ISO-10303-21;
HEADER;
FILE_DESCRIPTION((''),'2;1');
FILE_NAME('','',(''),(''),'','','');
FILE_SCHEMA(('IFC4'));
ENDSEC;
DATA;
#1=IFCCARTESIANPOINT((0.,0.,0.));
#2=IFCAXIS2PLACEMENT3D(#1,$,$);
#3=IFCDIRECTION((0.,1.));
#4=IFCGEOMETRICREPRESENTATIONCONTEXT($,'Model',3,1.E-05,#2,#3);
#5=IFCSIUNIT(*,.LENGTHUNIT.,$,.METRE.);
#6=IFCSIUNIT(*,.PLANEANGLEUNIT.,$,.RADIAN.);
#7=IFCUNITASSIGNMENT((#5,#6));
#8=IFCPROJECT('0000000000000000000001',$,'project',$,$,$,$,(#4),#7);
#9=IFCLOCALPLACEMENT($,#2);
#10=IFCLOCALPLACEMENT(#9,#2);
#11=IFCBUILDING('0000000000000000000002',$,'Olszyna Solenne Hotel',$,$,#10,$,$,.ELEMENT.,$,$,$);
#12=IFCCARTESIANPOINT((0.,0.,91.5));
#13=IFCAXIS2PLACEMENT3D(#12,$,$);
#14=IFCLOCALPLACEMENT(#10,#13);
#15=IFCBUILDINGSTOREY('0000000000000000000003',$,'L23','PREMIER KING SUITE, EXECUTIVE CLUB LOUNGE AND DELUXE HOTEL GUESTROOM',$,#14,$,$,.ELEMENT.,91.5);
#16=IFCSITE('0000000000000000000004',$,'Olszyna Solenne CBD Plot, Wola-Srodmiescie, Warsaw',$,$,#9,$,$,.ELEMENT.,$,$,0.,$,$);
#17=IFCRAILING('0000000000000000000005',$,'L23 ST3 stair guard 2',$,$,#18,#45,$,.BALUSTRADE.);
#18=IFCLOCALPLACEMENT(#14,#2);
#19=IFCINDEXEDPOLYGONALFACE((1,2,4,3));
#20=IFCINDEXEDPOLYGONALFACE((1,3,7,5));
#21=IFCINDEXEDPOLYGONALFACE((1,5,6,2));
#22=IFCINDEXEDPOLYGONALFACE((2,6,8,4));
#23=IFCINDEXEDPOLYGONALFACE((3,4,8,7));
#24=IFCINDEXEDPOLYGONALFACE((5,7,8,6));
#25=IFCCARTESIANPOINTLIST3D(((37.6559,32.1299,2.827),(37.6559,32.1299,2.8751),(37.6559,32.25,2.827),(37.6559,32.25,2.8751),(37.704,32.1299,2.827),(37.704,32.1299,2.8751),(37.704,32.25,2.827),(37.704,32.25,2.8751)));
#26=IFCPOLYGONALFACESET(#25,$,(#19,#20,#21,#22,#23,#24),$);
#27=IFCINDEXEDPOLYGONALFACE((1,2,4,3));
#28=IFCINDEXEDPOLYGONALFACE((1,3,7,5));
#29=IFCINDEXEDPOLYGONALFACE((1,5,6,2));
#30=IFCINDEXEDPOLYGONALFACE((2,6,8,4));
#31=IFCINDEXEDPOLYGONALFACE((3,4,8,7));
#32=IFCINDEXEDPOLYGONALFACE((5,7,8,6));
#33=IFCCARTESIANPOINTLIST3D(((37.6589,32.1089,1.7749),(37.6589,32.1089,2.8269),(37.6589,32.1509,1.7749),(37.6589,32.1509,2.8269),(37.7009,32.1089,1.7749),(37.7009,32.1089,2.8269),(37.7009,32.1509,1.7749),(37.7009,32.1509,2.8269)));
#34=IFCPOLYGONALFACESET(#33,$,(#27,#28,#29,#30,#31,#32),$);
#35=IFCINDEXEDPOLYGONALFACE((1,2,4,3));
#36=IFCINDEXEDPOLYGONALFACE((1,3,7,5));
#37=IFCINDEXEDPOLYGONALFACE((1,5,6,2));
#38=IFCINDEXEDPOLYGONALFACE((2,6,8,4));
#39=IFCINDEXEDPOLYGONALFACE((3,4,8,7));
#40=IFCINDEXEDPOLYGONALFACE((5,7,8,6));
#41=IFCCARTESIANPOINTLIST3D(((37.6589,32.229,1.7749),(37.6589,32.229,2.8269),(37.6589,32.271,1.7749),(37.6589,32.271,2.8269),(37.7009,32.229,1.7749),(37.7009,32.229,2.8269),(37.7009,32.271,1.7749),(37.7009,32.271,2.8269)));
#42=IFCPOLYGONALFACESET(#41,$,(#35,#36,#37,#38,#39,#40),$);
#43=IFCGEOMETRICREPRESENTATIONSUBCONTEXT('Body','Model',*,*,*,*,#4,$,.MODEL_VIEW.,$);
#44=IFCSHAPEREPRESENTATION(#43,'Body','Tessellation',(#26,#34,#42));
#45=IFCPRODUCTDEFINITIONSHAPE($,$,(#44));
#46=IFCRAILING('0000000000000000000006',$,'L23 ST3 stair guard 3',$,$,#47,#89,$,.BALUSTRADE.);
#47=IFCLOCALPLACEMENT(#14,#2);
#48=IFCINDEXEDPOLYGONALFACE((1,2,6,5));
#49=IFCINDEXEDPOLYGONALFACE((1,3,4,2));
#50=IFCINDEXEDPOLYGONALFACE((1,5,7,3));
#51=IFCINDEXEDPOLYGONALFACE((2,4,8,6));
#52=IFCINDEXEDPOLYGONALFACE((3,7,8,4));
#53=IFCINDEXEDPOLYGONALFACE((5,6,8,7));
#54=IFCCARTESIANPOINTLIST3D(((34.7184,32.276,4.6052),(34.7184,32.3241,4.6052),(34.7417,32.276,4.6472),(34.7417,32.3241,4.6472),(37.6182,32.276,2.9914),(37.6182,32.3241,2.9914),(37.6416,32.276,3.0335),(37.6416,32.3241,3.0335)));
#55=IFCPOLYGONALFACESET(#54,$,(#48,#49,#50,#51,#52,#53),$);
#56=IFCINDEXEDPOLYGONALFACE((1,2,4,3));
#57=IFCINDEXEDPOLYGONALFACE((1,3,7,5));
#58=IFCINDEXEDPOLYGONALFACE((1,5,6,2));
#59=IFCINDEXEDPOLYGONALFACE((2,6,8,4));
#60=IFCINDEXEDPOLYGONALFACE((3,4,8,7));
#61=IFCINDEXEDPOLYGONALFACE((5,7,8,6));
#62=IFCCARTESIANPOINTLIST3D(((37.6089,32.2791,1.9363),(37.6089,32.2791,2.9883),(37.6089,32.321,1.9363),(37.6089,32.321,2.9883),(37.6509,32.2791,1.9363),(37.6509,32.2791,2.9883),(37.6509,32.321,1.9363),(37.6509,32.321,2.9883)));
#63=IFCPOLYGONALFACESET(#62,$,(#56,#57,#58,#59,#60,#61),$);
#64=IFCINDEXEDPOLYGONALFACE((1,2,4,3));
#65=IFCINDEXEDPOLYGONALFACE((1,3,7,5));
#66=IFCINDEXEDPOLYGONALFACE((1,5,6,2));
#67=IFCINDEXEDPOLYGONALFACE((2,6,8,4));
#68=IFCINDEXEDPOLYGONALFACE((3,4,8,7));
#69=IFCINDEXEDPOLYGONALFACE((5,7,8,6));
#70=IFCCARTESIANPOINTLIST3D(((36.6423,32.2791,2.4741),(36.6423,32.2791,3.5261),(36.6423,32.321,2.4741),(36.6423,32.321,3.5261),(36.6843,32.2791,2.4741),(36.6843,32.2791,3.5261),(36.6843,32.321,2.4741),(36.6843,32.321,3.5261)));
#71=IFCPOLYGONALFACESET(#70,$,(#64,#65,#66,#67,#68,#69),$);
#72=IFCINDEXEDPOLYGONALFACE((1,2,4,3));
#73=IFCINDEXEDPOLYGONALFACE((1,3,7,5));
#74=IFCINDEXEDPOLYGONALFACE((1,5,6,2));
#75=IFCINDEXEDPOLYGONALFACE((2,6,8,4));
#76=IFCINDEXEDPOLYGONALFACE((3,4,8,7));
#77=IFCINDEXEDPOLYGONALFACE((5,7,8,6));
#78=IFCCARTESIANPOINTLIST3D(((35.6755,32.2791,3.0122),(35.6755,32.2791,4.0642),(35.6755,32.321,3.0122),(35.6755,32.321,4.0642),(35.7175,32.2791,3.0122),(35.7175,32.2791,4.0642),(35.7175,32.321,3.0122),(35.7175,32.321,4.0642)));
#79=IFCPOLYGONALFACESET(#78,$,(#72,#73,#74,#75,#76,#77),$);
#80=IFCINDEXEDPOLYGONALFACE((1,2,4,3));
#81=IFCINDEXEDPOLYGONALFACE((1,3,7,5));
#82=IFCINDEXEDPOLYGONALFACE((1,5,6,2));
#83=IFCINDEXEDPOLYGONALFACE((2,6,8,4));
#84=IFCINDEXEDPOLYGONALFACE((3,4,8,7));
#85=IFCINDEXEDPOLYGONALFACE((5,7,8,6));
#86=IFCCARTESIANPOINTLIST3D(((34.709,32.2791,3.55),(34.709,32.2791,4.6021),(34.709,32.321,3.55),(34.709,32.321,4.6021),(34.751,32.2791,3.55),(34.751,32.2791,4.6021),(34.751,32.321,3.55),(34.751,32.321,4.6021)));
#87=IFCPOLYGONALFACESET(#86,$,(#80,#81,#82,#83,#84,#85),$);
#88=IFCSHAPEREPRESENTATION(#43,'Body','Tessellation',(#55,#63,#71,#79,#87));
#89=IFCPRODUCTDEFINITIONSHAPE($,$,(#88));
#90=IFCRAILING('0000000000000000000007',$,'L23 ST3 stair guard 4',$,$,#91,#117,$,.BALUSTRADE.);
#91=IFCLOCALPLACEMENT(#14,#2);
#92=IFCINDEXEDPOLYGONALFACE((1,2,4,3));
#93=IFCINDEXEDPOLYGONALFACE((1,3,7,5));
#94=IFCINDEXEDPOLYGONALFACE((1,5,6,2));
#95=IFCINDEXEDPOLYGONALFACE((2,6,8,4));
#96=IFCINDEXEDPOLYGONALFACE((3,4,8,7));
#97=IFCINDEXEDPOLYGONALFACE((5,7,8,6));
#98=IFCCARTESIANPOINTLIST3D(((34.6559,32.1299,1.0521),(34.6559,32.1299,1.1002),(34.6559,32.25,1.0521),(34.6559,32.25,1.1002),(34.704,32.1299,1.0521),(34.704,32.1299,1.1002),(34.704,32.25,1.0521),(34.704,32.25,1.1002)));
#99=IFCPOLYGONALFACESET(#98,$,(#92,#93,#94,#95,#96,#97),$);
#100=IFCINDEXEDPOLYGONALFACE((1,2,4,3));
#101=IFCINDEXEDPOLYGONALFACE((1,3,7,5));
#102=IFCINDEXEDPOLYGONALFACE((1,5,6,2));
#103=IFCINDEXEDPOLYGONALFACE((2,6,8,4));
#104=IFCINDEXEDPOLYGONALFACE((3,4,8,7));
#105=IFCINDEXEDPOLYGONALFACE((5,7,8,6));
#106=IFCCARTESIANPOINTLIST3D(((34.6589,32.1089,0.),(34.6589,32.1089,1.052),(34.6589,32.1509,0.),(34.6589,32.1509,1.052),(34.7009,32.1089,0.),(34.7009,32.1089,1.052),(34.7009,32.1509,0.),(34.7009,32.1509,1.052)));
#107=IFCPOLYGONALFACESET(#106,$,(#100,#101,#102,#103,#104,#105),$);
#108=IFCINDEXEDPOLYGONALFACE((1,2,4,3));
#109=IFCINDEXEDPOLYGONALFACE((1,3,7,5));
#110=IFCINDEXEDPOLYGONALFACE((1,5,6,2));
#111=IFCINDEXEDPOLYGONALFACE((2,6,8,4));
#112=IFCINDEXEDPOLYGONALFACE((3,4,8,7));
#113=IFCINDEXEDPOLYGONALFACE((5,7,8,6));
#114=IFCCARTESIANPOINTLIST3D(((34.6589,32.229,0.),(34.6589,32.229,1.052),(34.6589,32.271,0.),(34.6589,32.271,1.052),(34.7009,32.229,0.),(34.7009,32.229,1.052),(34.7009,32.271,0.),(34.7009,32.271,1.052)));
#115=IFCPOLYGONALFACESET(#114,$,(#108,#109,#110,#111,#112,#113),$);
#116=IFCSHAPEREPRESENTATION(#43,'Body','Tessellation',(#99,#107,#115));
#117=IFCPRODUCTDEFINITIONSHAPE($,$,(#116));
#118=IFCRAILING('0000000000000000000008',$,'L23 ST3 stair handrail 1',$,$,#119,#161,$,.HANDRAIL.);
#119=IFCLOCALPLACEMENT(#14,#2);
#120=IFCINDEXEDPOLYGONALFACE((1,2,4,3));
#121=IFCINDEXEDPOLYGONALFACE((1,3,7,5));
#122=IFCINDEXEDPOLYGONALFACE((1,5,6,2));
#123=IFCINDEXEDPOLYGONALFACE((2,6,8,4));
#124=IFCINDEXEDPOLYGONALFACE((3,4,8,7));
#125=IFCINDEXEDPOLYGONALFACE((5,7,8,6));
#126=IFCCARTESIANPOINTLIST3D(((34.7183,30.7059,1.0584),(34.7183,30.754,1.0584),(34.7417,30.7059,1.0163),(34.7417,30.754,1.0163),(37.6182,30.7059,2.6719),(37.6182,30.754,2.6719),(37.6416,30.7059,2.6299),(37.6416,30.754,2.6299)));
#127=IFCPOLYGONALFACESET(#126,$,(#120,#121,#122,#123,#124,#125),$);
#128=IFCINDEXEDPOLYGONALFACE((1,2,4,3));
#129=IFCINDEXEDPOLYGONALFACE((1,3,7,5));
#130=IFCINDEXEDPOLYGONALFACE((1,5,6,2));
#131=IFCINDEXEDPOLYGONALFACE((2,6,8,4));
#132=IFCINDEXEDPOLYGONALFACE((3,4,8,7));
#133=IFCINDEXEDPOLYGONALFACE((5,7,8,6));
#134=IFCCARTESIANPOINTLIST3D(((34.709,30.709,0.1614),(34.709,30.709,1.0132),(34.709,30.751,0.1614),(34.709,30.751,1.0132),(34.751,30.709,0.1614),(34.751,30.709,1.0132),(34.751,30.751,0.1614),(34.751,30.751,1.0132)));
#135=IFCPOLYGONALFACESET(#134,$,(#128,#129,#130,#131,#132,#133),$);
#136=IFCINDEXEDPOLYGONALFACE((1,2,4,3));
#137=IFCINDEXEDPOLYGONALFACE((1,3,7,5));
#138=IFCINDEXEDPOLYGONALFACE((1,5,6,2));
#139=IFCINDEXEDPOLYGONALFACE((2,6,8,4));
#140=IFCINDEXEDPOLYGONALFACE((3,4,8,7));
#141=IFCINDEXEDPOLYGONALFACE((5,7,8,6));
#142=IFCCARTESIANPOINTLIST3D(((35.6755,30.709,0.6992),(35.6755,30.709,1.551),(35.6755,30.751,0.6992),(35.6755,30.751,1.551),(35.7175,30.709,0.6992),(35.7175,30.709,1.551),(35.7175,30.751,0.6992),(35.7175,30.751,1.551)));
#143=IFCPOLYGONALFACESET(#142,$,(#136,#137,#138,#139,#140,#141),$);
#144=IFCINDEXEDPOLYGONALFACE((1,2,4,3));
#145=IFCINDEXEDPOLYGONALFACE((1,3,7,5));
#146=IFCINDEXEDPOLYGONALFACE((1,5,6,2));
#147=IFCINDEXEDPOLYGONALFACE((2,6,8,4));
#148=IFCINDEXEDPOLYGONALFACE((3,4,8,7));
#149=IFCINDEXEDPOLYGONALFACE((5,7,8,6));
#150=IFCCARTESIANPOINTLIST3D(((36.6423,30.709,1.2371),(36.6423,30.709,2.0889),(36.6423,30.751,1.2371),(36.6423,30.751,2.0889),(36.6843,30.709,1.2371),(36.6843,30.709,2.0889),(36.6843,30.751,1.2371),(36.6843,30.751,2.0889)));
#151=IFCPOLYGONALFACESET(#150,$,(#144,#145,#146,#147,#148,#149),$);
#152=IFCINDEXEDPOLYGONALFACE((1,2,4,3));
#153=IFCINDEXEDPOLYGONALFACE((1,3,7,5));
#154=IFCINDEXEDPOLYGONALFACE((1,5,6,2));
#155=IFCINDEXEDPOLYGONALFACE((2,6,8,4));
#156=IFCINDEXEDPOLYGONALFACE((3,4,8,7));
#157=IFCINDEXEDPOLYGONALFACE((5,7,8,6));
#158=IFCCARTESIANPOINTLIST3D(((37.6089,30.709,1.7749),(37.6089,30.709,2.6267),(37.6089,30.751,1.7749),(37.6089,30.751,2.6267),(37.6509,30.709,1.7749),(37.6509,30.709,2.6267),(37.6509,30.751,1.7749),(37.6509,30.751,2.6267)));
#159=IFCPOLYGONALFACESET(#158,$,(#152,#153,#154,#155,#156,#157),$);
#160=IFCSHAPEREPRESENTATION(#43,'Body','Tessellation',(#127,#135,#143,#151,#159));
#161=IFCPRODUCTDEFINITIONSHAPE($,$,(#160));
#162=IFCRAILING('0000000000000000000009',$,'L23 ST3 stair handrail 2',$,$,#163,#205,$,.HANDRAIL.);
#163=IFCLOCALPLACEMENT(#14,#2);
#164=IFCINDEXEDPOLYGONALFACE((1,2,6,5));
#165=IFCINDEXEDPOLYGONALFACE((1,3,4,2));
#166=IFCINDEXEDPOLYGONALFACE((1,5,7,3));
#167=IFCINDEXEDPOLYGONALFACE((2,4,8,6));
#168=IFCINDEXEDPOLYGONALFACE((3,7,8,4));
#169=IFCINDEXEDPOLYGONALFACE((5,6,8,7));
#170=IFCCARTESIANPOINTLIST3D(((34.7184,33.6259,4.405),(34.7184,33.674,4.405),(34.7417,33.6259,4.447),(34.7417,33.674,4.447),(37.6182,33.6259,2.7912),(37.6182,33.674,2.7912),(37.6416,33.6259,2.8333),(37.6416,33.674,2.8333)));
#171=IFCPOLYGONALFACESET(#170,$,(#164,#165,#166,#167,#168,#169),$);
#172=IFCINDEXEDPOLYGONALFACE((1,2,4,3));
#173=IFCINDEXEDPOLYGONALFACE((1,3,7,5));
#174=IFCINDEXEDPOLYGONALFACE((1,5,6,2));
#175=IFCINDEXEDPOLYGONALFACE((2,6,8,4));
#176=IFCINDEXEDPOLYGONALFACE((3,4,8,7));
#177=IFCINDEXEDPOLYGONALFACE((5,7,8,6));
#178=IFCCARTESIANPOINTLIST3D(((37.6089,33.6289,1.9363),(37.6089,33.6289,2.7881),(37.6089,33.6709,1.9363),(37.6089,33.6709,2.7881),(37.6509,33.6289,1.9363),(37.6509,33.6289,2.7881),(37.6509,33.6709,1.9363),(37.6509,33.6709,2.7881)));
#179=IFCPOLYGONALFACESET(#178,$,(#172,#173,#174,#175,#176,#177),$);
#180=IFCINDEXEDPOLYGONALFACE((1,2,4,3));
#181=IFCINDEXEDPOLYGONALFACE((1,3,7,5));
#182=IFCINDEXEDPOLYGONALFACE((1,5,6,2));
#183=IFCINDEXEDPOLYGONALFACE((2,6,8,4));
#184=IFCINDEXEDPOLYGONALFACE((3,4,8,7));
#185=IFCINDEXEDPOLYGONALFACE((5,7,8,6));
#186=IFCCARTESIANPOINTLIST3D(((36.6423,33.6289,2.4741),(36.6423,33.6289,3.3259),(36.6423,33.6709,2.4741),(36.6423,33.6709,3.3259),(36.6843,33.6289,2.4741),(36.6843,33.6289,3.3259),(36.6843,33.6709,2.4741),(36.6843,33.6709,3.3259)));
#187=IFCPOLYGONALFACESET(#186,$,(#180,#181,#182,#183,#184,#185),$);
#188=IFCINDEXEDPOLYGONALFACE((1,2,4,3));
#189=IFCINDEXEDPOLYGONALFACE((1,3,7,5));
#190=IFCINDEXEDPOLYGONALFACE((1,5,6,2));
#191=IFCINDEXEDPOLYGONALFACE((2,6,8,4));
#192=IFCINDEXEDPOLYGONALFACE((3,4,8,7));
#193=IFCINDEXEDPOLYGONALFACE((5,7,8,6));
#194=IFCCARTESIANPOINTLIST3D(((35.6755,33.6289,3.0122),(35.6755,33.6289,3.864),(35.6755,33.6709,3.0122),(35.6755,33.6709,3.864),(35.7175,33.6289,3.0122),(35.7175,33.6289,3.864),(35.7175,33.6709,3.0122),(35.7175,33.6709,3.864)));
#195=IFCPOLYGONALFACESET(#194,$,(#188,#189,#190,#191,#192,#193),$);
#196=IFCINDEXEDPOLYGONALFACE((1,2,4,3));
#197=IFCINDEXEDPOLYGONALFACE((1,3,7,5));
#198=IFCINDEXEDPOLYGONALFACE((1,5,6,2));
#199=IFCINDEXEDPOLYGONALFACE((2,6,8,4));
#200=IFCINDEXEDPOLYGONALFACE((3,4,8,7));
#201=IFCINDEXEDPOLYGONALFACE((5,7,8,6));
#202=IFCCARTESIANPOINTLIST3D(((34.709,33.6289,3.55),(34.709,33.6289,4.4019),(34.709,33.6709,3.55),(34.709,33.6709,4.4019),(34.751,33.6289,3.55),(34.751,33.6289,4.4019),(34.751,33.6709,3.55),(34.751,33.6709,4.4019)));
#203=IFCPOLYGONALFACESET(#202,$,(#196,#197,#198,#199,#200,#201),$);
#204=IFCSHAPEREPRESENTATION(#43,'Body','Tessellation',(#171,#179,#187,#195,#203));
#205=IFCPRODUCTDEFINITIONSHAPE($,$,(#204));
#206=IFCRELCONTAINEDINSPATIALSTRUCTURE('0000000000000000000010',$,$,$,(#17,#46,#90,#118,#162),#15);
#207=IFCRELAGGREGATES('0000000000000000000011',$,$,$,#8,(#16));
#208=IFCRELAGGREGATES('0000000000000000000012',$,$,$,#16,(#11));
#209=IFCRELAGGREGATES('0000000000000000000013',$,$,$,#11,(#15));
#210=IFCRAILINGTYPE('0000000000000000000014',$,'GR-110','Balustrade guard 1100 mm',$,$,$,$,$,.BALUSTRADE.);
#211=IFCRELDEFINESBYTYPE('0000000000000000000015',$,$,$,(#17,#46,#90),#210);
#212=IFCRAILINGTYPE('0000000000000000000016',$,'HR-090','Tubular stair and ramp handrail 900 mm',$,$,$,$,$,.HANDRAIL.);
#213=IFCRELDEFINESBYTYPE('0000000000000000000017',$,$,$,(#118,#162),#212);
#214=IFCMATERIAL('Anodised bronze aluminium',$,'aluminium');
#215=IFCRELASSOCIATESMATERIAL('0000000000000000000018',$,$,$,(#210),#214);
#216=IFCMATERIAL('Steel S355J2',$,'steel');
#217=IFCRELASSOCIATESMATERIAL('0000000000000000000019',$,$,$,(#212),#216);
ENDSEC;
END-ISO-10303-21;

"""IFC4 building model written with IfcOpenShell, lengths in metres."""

from ifc_helpers import new_model, si_unit, direction, frame, origin, origin_2d, place, context, subcontext, project, spatial, rectangle, extrude, material, type_object, element, save


model = new_model("IFC4")

# Units and contexts
model_context = context("Model", 3, precision=1e-05, world=origin(), true_north=direction((0.0, 1.0)))
body_context = subcontext(model_context, "Body", "Model", "MODEL_VIEW")
ifc_project = project(units=[si_unit("LENGTHUNIT", "METRE"), si_unit("PLANEANGLEUNIT", "RADIAN")], contexts=[model_context])

# Site, building, storey
site_placement = place(None, origin())
site = spatial("IfcSite", under=ifc_project, at=site_placement, Name="Olszyna Solenne CBD Plot, Wola-Srodmiescie, Warsaw", CompositionType="ELEMENT", RefElevation=0.0)
building_placement = place(site_placement, origin())
building = spatial("IfcBuilding", under=site, at=building_placement, Name="Olszyna Solenne Hotel", CompositionType="ELEMENT")
storey_placement = place(building_placement, frame((0.0, 0.0, 91.5)))
storey = spatial("IfcBuildingStorey", under=building, at=storey_placement, Name="L23", Description="PREMIER KING SUITE, EXECUTIVE CLUB LOUNGE AND DELUXE HOTEL GUESTROOM", CompositionType="ELEMENT", Elevation=91.5)

# Shared definitions
ifc_material_1 = material(Name="Steel S355J2", Category="steel")

# Shared definitions
ifc_material_2 = material(Name="Anodised bronze aluminium", Category="aluminium")

# Railings
railing_type_1 = type_object("IfcRailingType", Name="GR-110", Description="Balustrade guard 1100 mm", PredefinedType="BALUSTRADE", material=ifc_material_2)
railing_1_placement = place(storey_placement, frame((37.6799, 32.1299, 1.7749)))
element("IfcRailing", 1, at=railing_1_placement, inside=storey, type_object=railing_type_1, Name="L23 ST3 stair guard 2", PredefinedType="BALUSTRADE", context=body_context, shape_type="SweptSolid", body=[
    extrude(rectangle(XDim=0.0481, YDim=0.0481, at=origin_2d()), frame((0.0, 0.0, 1.0762), z_axis=(0.0, 1.0, 0.0), x_axis=(-1.0, 0.0, 0.0)), (0.0, 0.0, 1.0), 0.1201),
    extrude(rectangle(XDim=0.042, YDim=0.042, at=origin_2d()), origin(), (0.0, 0.0, 1.0), 1.052),
    extrude(rectangle(XDim=0.042, YDim=0.042, at=origin_2d()), frame((0.0, 0.1201, 0.0)), (0.0, 0.0, 1.0), 1.052),
])
railing_2_placement = place(storey_placement, frame((37.6299, 32.3, 1.9363)))
element("IfcRailing", 2, at=railing_2_placement, inside=storey, type_object=railing_type_1, Name="L23 ST3 stair guard 3", PredefinedType="BALUSTRADE", context=body_context, shape_type="SweptSolid", body=[
    extrude(rectangle(XDim=0.0481, YDim=0.0481, at=origin_2d()), frame((0.0, 0.0, 1.0762), z_axis=(-0.87381, 0.0, 0.486267), x_axis=(0.0, -1.0, 0.0)), (0.0, 0.0, 1.0), 3.3186),
    extrude(rectangle(XDim=0.042, YDim=0.042, at=origin_2d()), origin(), (0.0, 0.0, 1.0), 1.052),
    extrude(rectangle(XDim=0.042, YDim=0.042, at=origin_2d()), frame((-0.9666, 0.0, 0.5378)), (0.0, 0.0, 1.0), 1.052),
    extrude(rectangle(XDim=0.042, YDim=0.042, at=origin_2d()), frame((-1.9333, 0.0, 1.0759)), (0.0, 0.0, 1.0), 1.052),
    extrude(rectangle(XDim=0.042, YDim=0.042, at=origin_2d()), frame((-2.8999, 0.0, 1.6138)), (0.0, 0.0, 1.0), 1.052),
])
railing_3_placement = place(storey_placement, frame((34.6799, 32.1299, 0.0)))
element("IfcRailing", 3, at=railing_3_placement, inside=storey, type_object=railing_type_1, Name="L23 ST3 stair guard 4", PredefinedType="BALUSTRADE", context=body_context, shape_type="SweptSolid", body=[
    extrude(rectangle(XDim=0.0481, YDim=0.0481, at=origin_2d()), frame((0.0, 0.0, 1.0762), z_axis=(0.0, 1.0, 0.0), x_axis=(-1.0, 0.0, 0.0)), (0.0, 0.0, 1.0), 0.1201),
    extrude(rectangle(XDim=0.042, YDim=0.042, at=origin_2d()), origin(), (0.0, 0.0, 1.0), 1.052),
    extrude(rectangle(XDim=0.042, YDim=0.042, at=origin_2d()), frame((0.0, 0.1201, 0.0)), (0.0, 0.0, 1.0), 1.052),
])
railing_type_2 = type_object("IfcRailingType", Name="HR-090", Description="Tubular stair and ramp handrail 900 mm", PredefinedType="HANDRAIL", material=ifc_material_1)
railing_4_placement = place(storey_placement, frame((34.73, 30.73, 0.1614)))
element("IfcRailing", 4, at=railing_4_placement, inside=storey, type_object=railing_type_2, Name="L23 ST3 stair handrail 1", PredefinedType="HANDRAIL", context=body_context, shape_type="SweptSolid", body=[
    extrude(rectangle(XDim=0.0481, YDim=0.0481, at=origin_2d()), frame((0.0, 0.0, 0.876), z_axis=(0.873841, 0.0, 0.486211), x_axis=(0.0, 1.0, 0.0)), (0.0, 0.0, 1.0), 3.3186),
    extrude(rectangle(XDim=0.042, YDim=0.042, at=origin_2d()), origin(), (0.0, 0.0, 1.0), 0.8518),
    extrude(rectangle(XDim=0.042, YDim=0.042, at=origin_2d()), frame((0.9666, 0.0, 0.5378)), (0.0, 0.0, 1.0), 0.8518),
    extrude(rectangle(XDim=0.042, YDim=0.042, at=origin_2d()), frame((1.9333, 0.0, 1.0757)), (0.0, 0.0, 1.0), 0.8518),
    extrude(rectangle(XDim=0.042, YDim=0.042, at=origin_2d()), frame((2.8999, 0.0, 1.6135)), (0.0, 0.0, 1.0), 0.8518),
])
railing_5_placement = place(storey_placement, frame((37.6299, 33.6499, 1.9363)))
element("IfcRailing", 5, at=railing_5_placement, inside=storey, type_object=railing_type_2, Name="L23 ST3 stair handrail 2", PredefinedType="HANDRAIL", context=body_context, shape_type="SweptSolid", body=[
    extrude(rectangle(XDim=0.0481, YDim=0.0481, at=origin_2d()), frame((0.0, 0.0, 0.876), z_axis=(-0.87381, 0.0, 0.486267), x_axis=(0.0, -1.0, 0.0)), (0.0, 0.0, 1.0), 3.3186),
    extrude(rectangle(XDim=0.042, YDim=0.042, at=origin_2d()), origin(), (0.0, 0.0, 1.0), 0.8518),
    extrude(rectangle(XDim=0.042, YDim=0.042, at=origin_2d()), frame((-0.9666, 0.0, 0.5378)), (0.0, 0.0, 1.0), 0.8518),
    extrude(rectangle(XDim=0.042, YDim=0.042, at=origin_2d()), frame((-1.9333, 0.0, 1.0759)), (0.0, 0.0, 1.0), 0.8518),
    extrude(rectangle(XDim=0.042, YDim=0.042, at=origin_2d()), frame((-2.8999, 0.0, 1.6138)), (0.0, 0.0, 1.0), 0.8518),
])

save(model, "model.ifc")
